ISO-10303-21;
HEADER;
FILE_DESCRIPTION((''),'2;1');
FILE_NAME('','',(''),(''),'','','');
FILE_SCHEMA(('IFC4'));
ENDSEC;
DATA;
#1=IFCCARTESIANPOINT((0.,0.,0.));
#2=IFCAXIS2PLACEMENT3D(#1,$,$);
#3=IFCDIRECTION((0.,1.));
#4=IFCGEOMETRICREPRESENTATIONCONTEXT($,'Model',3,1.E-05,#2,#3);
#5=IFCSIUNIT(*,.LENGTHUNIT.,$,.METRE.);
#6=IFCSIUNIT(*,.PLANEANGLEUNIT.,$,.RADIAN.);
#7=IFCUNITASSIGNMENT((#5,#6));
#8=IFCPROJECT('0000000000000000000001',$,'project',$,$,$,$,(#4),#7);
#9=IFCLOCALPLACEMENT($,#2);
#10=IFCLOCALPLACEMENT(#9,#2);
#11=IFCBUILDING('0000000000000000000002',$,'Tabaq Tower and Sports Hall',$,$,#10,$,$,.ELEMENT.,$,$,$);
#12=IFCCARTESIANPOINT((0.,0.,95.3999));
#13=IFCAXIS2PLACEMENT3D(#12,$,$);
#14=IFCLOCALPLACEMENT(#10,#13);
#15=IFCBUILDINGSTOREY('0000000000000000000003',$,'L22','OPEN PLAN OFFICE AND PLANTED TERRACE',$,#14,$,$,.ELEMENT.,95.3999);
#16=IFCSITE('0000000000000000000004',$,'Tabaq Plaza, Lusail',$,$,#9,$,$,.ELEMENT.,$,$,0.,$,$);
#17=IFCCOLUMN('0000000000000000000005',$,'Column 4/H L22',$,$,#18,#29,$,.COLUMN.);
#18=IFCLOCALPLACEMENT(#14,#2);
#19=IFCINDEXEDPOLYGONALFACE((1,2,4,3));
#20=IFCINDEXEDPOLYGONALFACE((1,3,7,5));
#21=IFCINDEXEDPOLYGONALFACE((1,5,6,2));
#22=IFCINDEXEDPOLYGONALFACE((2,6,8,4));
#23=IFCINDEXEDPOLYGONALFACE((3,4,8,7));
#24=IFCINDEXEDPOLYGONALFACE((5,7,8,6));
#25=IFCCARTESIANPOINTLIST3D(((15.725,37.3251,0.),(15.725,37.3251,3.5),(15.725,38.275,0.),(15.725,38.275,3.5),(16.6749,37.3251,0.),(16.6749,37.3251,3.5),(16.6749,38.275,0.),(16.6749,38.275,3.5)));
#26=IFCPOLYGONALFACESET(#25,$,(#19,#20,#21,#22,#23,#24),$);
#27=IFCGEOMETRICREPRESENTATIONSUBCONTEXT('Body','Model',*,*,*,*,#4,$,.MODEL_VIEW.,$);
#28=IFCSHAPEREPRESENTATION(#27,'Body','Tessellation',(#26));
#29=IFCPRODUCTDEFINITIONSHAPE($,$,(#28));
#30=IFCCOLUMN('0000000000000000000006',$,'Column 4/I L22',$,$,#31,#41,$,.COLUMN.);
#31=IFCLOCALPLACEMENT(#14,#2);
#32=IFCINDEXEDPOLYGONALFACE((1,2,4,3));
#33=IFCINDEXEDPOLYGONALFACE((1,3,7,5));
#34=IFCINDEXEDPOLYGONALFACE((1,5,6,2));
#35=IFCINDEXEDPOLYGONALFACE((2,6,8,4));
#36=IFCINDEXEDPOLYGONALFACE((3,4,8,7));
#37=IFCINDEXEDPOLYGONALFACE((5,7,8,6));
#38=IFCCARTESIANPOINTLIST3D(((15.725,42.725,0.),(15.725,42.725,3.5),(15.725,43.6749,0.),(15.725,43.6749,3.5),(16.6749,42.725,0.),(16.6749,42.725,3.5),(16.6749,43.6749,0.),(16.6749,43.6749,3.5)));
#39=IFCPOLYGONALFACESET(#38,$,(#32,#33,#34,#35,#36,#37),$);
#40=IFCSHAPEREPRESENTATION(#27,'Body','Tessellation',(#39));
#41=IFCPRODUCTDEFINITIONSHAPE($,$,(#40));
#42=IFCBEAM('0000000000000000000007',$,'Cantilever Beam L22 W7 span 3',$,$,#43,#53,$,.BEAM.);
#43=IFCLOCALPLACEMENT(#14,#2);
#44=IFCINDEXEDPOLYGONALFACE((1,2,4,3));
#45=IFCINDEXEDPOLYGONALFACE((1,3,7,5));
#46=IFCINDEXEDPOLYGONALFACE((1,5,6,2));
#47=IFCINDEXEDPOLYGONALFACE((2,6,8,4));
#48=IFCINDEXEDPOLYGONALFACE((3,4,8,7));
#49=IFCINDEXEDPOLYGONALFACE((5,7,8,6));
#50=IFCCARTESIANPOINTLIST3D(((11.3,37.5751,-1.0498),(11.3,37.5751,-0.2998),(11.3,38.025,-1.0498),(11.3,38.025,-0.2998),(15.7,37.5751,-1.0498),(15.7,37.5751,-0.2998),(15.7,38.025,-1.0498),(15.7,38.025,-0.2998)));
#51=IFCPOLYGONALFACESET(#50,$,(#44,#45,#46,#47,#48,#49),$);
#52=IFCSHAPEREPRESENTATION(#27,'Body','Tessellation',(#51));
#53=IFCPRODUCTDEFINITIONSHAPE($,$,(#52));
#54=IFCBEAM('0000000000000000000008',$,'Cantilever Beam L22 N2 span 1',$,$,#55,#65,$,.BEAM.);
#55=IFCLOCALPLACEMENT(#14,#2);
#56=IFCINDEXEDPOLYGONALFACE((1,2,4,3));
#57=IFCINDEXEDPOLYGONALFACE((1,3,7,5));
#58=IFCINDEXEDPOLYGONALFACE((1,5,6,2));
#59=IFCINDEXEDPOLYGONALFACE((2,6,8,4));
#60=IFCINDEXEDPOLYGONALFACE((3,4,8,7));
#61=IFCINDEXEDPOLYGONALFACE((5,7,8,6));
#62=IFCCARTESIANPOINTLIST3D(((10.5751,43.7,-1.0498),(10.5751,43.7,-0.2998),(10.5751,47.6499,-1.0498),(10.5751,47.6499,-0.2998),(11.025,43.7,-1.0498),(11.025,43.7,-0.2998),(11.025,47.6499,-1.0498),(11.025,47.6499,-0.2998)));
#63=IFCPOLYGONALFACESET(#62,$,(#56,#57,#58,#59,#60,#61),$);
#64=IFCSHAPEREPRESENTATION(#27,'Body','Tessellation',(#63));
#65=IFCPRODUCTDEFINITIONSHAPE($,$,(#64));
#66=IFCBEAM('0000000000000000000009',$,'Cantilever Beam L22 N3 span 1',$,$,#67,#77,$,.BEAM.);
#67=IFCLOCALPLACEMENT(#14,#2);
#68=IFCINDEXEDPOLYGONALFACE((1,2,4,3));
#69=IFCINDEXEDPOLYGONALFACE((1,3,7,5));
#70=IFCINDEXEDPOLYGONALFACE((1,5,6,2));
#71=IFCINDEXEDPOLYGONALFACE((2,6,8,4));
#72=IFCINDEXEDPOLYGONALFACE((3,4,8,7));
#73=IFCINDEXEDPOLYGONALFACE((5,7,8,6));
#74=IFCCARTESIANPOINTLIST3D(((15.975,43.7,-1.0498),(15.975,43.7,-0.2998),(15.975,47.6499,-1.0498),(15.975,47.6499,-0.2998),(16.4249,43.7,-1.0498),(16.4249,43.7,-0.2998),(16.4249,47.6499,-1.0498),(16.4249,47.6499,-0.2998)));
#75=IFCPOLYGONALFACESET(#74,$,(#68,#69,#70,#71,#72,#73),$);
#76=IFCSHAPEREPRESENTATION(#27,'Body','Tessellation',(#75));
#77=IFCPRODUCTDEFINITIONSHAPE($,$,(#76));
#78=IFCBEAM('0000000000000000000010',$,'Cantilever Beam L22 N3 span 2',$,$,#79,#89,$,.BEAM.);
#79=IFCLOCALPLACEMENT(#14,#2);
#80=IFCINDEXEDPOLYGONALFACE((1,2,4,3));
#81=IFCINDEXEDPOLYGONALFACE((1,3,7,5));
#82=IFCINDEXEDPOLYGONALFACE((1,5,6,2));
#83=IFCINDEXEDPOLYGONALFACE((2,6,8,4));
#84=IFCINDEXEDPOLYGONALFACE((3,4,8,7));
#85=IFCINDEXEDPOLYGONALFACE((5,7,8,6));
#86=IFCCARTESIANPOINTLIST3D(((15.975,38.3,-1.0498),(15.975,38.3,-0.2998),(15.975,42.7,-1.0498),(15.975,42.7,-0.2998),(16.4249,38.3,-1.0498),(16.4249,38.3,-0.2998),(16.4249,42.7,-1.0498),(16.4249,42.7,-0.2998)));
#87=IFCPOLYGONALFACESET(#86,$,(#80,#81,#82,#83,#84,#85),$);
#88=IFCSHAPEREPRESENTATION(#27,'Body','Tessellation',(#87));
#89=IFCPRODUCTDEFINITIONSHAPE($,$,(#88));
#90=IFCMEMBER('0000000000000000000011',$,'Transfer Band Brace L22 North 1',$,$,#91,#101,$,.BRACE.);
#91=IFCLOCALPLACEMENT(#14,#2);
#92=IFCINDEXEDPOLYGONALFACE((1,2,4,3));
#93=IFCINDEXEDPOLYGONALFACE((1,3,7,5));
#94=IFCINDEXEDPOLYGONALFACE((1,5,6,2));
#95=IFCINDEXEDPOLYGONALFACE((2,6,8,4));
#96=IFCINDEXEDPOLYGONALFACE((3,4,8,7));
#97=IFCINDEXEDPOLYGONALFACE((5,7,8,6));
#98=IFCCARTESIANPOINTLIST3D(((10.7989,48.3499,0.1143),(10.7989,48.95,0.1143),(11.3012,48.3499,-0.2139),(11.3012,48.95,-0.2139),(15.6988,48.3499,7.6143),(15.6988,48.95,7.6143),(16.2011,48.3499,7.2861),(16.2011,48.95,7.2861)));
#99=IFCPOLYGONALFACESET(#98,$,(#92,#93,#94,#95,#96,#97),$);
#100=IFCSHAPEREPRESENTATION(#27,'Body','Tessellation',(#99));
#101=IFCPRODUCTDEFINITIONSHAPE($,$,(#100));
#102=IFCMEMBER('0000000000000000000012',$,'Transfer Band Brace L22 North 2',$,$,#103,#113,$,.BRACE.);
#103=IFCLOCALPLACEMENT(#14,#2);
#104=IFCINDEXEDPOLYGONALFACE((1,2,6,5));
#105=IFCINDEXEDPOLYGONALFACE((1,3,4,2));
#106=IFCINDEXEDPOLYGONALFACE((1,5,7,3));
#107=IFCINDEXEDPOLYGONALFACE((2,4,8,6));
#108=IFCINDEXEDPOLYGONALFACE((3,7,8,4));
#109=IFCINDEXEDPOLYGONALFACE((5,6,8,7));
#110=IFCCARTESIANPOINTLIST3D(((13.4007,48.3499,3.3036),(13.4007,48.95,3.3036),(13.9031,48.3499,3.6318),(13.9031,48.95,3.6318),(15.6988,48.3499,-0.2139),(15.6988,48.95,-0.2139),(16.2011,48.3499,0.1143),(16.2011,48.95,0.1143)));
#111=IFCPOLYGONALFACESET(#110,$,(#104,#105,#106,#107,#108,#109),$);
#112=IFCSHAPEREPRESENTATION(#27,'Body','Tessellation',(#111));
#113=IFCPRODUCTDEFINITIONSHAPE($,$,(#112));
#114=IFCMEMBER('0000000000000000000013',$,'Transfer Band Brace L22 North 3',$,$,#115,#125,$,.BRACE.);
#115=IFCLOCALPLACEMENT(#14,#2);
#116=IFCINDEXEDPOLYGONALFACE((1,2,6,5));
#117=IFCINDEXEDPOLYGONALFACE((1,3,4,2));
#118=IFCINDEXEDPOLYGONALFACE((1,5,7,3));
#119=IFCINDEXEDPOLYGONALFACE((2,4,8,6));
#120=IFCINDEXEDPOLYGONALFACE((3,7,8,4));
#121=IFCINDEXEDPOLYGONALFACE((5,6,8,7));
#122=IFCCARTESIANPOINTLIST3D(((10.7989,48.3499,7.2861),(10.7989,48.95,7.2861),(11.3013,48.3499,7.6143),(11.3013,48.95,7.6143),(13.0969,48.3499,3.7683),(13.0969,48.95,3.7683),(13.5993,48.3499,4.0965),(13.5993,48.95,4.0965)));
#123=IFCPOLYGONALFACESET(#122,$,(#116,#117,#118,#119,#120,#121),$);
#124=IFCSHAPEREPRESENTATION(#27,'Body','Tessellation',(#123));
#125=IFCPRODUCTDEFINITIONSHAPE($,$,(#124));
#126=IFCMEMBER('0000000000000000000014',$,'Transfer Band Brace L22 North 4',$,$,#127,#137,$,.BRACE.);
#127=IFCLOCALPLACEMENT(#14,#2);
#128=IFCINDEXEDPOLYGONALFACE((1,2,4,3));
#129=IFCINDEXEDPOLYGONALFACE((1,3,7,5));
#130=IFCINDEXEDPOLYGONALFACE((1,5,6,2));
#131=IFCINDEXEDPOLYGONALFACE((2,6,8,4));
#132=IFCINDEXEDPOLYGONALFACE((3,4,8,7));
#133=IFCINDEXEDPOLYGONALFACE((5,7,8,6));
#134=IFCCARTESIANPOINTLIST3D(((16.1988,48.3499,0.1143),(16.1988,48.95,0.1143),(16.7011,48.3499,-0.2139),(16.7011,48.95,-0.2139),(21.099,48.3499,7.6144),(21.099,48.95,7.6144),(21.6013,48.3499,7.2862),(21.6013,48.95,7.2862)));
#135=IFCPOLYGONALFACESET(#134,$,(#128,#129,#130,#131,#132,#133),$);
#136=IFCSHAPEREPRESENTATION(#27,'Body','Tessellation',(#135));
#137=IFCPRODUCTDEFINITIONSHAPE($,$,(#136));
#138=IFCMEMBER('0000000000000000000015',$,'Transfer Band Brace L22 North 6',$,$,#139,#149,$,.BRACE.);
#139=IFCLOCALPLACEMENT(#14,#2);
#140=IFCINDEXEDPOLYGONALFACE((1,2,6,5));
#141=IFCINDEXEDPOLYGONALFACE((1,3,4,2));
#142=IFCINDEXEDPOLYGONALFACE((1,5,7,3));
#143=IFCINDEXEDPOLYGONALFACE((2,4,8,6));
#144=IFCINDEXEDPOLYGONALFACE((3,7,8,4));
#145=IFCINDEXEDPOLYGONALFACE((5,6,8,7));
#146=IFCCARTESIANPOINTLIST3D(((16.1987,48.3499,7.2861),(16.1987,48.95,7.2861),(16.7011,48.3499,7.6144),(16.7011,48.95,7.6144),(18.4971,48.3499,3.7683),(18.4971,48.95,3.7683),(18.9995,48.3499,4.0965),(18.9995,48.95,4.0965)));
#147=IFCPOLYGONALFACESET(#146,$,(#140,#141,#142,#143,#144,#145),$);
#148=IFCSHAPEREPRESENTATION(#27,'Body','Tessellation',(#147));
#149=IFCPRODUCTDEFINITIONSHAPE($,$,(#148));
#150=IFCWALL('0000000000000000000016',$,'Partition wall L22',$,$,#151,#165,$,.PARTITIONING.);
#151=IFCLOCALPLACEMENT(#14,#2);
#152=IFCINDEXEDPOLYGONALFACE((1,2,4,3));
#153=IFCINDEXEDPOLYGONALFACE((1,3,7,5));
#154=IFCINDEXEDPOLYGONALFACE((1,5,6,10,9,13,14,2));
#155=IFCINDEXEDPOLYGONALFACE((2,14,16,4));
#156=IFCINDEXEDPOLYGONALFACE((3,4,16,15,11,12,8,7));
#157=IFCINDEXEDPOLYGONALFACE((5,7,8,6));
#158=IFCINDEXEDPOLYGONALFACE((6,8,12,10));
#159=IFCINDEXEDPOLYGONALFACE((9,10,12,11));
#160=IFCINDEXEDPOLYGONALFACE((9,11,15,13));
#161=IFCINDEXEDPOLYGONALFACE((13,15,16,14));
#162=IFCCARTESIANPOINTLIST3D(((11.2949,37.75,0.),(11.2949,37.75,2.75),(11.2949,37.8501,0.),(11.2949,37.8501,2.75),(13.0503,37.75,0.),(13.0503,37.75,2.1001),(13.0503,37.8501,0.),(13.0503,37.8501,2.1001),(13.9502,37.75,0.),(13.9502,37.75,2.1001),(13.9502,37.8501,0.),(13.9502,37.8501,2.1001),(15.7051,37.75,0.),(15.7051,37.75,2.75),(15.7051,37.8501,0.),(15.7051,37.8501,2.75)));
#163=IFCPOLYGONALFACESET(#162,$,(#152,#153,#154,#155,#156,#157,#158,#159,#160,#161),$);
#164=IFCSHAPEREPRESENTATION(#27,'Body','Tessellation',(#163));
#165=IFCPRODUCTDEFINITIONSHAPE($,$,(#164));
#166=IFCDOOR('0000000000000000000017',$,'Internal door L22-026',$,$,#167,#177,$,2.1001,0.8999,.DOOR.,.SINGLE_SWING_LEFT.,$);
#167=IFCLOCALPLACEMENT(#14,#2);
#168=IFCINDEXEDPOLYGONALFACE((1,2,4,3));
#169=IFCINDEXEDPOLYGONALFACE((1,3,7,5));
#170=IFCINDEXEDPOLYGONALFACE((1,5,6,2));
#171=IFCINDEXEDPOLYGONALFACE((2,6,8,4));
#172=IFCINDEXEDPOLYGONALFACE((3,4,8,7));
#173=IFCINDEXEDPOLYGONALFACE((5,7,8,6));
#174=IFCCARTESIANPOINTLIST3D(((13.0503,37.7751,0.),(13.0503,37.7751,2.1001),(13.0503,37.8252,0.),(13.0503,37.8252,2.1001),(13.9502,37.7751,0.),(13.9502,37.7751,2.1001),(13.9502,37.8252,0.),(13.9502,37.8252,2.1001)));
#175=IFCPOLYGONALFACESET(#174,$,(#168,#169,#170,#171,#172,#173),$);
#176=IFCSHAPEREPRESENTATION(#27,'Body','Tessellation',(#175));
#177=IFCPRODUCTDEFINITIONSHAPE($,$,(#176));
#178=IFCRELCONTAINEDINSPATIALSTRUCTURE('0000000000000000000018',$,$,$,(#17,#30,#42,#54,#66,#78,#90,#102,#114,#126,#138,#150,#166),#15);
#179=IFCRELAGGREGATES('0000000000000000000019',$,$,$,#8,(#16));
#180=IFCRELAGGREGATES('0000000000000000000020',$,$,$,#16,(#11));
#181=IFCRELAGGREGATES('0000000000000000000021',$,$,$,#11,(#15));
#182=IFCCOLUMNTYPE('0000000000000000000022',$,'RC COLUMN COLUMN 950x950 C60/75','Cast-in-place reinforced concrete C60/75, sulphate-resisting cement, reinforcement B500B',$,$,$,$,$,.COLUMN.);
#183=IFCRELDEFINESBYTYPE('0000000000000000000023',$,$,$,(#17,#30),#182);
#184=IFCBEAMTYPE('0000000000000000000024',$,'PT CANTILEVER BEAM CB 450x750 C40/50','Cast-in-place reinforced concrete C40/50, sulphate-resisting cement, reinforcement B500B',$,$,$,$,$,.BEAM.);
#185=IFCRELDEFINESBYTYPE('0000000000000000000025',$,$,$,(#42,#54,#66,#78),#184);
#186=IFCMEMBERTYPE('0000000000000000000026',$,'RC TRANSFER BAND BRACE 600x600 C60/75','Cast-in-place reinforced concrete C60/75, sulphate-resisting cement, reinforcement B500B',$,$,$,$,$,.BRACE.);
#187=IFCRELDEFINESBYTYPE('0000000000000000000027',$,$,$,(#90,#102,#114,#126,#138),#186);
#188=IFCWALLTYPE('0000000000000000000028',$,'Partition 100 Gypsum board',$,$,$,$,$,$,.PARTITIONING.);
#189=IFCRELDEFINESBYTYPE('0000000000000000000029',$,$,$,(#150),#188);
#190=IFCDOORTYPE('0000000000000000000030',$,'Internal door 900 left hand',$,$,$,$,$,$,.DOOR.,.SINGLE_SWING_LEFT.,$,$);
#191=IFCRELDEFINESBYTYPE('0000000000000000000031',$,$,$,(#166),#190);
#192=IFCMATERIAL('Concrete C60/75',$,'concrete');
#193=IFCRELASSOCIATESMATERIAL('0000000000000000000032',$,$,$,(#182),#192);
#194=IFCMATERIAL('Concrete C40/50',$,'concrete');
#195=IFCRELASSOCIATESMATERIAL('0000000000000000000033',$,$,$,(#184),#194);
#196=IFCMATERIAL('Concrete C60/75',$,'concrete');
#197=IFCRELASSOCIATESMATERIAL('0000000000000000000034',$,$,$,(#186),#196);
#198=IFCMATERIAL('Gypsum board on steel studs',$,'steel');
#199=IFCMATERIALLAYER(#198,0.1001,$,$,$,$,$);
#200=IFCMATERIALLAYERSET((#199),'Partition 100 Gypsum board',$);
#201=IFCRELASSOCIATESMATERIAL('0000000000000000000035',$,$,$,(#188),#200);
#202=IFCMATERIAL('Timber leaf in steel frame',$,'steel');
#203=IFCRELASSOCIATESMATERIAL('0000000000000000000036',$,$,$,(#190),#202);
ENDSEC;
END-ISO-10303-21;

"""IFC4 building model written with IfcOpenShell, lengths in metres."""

from ifc_helpers import new_model, si_unit, direction, frame, frame_2d, origin, origin_2d, place, context, subcontext, project, spatial, rectangle, extrude, material, layer, layer_set, material_profile, profile_set, type_object, element, fill, save


model = new_model("IFC4")

# Units and contexts
model_context = context("Model", 3, precision=1e-05, world=origin(), true_north=direction((0.0, 1.0)))
body_context = subcontext(model_context, "Body", "Model", "MODEL_VIEW")
ifc_project = project(units=[si_unit("LENGTHUNIT", "METRE"), si_unit("PLANEANGLEUNIT", "RADIAN")], contexts=[model_context])

# Site, building, storey
site_placement = place(None, origin())
site = spatial("IfcSite", under=ifc_project, at=site_placement, Name="Tabaq Plaza, Lusail", CompositionType="ELEMENT", RefElevation=0.0)
building_placement = place(site_placement, origin())
building = spatial("IfcBuilding", under=site, at=building_placement, Name="Tabaq Tower and Sports Hall", CompositionType="ELEMENT")
storey_placement = place(building_placement, frame((0.0, 0.0, 95.3999)))
storey = spatial("IfcBuildingStorey", under=building, at=storey_placement, Name="L22", Description="OPEN PLAN OFFICE AND PLANTED TERRACE", CompositionType="ELEMENT", Elevation=95.3999)

# Columns
ifc_material_1 = material(Name="Concrete C60/75", Category="concrete")
ifc_material_profile_1 = material_profile(ifc_material_1, rectangle(XDim=0.95, YDim=0.95, at=origin_2d()), Name="COLUMN 950x950")
ifc_profile_set_1 = profile_set([ifc_material_profile_1], Name="Concrete C60/75")
column_type = type_object("IfcColumnType", Name="RC COLUMN COLUMN 950x950 C60/75", Description="Cast-in-place reinforced concrete C60/75, sulphate-resisting cement, reinforcement B500B", PredefinedType="COLUMN", material=ifc_profile_set_1)
for number, where, z_axis, x_axis, name in (
    (1, (16.2, 37.8, 0.0), (0.0, 0.0, 1.0), (1.0, 0.0, 0.0), "Column 4/H L22"),
    (2, (16.2, 43.2, 0.0), (0.0, 0.0, 1.0), (1.0, 0.0, 0.0), "Column 4/I L22"),
):
    element("IfcColumn", number, at=place(storey_placement, frame(where, z_axis=z_axis, x_axis=x_axis)), inside=storey, type_object=column_type, Name=name, PredefinedType="COLUMN", context=body_context, shape_type="SweptSolid", body=[
        extrude(rectangle(XDim=0.95, YDim=0.95, at=origin_2d()), origin(), (0.0, 0.0, 1.0), 3.5),
    ])

# Beams
ifc_material_2 = material(Name="Concrete C40/50", Category="concrete")
ifc_material_profile_2 = material_profile(ifc_material_2, rectangle(XDim=0.45, YDim=0.75, at=origin_2d()), Name="CB 450x750")
ifc_profile_set_2 = profile_set([ifc_material_profile_2], Name="Concrete C40/50")
beam_type = type_object("IfcBeamType", Name="PT CANTILEVER BEAM CB 450x750 C40/50", Description="Cast-in-place reinforced concrete C40/50, sulphate-resisting cement, reinforcement B500B", PredefinedType="BEAM", material=ifc_profile_set_2)
beam_1_placement = place(storey_placement, frame((11.3, 37.8, -0.6748), z_axis=(1.0, 0.0, 0.0), x_axis=(0.0, 1.0, 0.0)))
element("IfcBeam", 3, at=beam_1_placement, inside=storey, type_object=beam_type, Name="Cantilever Beam L22 W7 span 3", PredefinedType="BEAM", context=body_context, shape_type="SweptSolid", body=[
    extrude(rectangle(XDim=0.45, YDim=0.75, at=origin_2d()), origin(), (0.0, 0.0, 1.0), 4.3999),
])
for number, where, z_axis, x_axis, name in (
    (4, (10.8, 47.6499, -0.6748), (0.0, -1.0, 0.0), (1.0, 0.0, 0.0), "Cantilever Beam L22 N2 span 1"),
    (5, (16.2, 47.6499, -0.6748), (0.0, -1.0, 0.0), (1.0, 0.0, 0.0), "Cantilever Beam L22 N3 span 1"),
):
    element("IfcBeam", number, at=place(storey_placement, frame(where, z_axis=z_axis, x_axis=x_axis)), inside=storey, type_object=beam_type, Name=name, PredefinedType="BEAM", context=body_context, shape_type="SweptSolid", body=[
        extrude(rectangle(XDim=0.45, YDim=0.75, at=origin_2d()), origin(), (0.0, 0.0, 1.0), 3.95),
    ])
beam_2_placement = place(storey_placement, frame((16.2, 42.7, -0.6748), z_axis=(0.0, -1.0, 0.0), x_axis=(1.0, 0.0, 0.0)))
element("IfcBeam", 6, at=beam_2_placement, inside=storey, type_object=beam_type, Name="Cantilever Beam L22 N3 span 2", PredefinedType="BEAM", context=body_context, shape_type="SweptSolid", body=[
    extrude(rectangle(XDim=0.45, YDim=0.75, at=origin_2d()), origin(), (0.0, 0.0, 1.0), 4.3999),
])

# Members
ifc_material_3 = material(Name="Concrete C60/75", Category="concrete")
ifc_material_profile_3 = material_profile(ifc_material_3, rectangle(XDim=0.6001, YDim=0.6001, at=origin_2d()), Name="TRANSFER BAND BRACE 600x600")
ifc_profile_set_3 = profile_set([ifc_material_profile_3], Name="Concrete C60/75")
member_type = type_object("IfcMemberType", Name="RC TRANSFER BAND BRACE 600x600 C60/75", Description="Cast-in-place reinforced concrete C60/75, sulphate-resisting cement, reinforcement B500B", PredefinedType="BRACE", material=ifc_profile_set_3)
member_1_placement = place(storey_placement, frame((11.05, 48.6499, -0.0498), z_axis=(0.546941, 0.0, 0.837171), x_axis=(0.0, 1.0, 0.0)))
element("IfcMember", 7, at=member_1_placement, inside=storey, type_object=member_type, Name="Transfer Band Brace L22 North 1", PredefinedType="BRACE", context=body_context, shape_type="SweptSolid", body=[
    extrude(rectangle(XDim=0.6001, YDim=0.6001, at=origin_2d()), origin(), (0.0, 0.0, 1.0), 8.9587),
])
member_2_placement = place(storey_placement, frame((15.95, 48.6499, -0.0498), z_axis=(-0.546939, 0.0, 0.837172), x_axis=(0.0, -1.0, 0.0)))
element("IfcMember", 8, at=member_2_placement, inside=storey, type_object=member_type, Name="Transfer Band Brace L22 North 2", PredefinedType="BRACE", context=body_context, shape_type="SweptSolid", body=[
    extrude(rectangle(XDim=0.6001, YDim=0.6001, at=origin_2d()), origin(), (0.0, 0.0, 1.0), 4.2017),
])
member_3_placement = place(storey_placement, frame((13.3481, 48.6499, 3.9324), z_axis=(-0.546913, 0.0, 0.83719), x_axis=(0.0, -1.0, 0.0)))
element("IfcMember", 9, at=member_3_placement, inside=storey, type_object=member_type, Name="Transfer Band Brace L22 North 3", PredefinedType="BRACE", context=body_context, shape_type="SweptSolid", body=[
    extrude(rectangle(XDim=0.6001, YDim=0.6001, at=origin_2d()), origin(), (0.0, 0.0, 1.0), 4.2019),
])
member_4_placement = place(storey_placement, frame((16.45, 48.6499, -0.0498), z_axis=(0.54696, 0.0, 0.837159), x_axis=(0.0, 1.0, 0.0)))
element("IfcMember", 10, at=member_4_placement, inside=storey, type_object=member_type, Name="Transfer Band Brace L22 North 4", PredefinedType="BRACE", context=body_context, shape_type="SweptSolid", body=[
    extrude(rectangle(XDim=0.6001, YDim=0.6001, at=origin_2d()), origin(), (0.0, 0.0, 1.0), 8.959),
])
member_5_placement = place(storey_placement, frame((18.7483, 48.6499, 3.9324), z_axis=(-0.546953, 0.0, 0.837163), x_axis=(0.0, -1.0, 0.0)))
element("IfcMember", 11, at=member_5_placement, inside=storey, type_object=member_type, Name="Transfer Band Brace L22 North 6", PredefinedType="BRACE", context=body_context, shape_type="SweptSolid", body=[
    extrude(rectangle(XDim=0.6001, YDim=0.6001, at=origin_2d()), origin(), (0.0, 0.0, 1.0), 4.2021),
])

# Wall, opening, door
ifc_material_4 = material(Name="Gypsum board on steel studs", Category="steel")
ifc_layer_1 = layer(ifc_material_4, 0.1001)
ifc_layer_set_1 = layer_set([ifc_layer_1], Name="Partition 100 Gypsum board")
wall_type_1 = type_object("IfcWallType", Name="Partition 100 Gypsum board", PredefinedType="PARTITIONING", material=ifc_layer_set_1)
wall_1_placement = place(storey_placement, frame((15.7051, 37.8, 0.0), z_axis=(0.0, 0.0, 1.0), x_axis=(-1.0, 0.0, 0.0)))
wall_1 = element("IfcWall", 12, at=wall_1_placement, inside=storey, type_object=wall_type_1, Name="Partition wall L22", PredefinedType="PARTITIONING", context=body_context, shape_type="SweptSolid", body=[
    extrude(rectangle(XDim=4.4102, YDim=0.1001, at=frame_2d((2.2051, 0.0))), origin(), (0.0, 0.0, 1.0), 2.75),
])
opening_1_placement = place(wall_1_placement, frame((1.7549, 0.0, 0.0)))
opening_1 = element("IfcOpeningElement", 13, at=opening_1_placement, cuts=wall_1, PredefinedType="OPENING", context=body_context, shape_type="SweptSolid", body=[
    extrude(rectangle(XDim=0.8999, YDim=2.1001, at=frame_2d((0.45, 1.05))), frame((0.0, 0.05, 0.0), z_axis=(0.0, -1.0, 0.0), x_axis=(1.0, 0.0, 0.0)), (0.0, 0.0, 1.0), 0.1001),
])
ifc_material_5 = material(Name="Timber leaf in steel frame", Category="steel")
door_type_1 = type_object("IfcDoorType", Name="Internal door 900 left hand", OperationType="SINGLE_SWING_LEFT", PredefinedType="DOOR", material=ifc_material_5)
door_1_placement = place(opening_1_placement, origin())
door_1 = element("IfcDoor", 14, at=door_1_placement, inside=storey, type_object=door_type_1, Name="Internal door L22-026", OperationType="SINGLE_SWING_LEFT", OverallHeight=2.1001, OverallWidth=0.8999, PredefinedType="DOOR", context=body_context, shape_type="SweptSolid", body=[
    extrude(rectangle(XDim=0.8999, YDim=2.1001, at=frame_2d((0.45, 1.05))), frame((0.0, 0.0249, 0.0), z_axis=(0.0, -1.0, 0.0), x_axis=(1.0, 0.0, 0.0)), (0.0, 0.0, 1.0), 0.05),
])
fill(opening_1, door_1)

save(model, "model.ifc")
